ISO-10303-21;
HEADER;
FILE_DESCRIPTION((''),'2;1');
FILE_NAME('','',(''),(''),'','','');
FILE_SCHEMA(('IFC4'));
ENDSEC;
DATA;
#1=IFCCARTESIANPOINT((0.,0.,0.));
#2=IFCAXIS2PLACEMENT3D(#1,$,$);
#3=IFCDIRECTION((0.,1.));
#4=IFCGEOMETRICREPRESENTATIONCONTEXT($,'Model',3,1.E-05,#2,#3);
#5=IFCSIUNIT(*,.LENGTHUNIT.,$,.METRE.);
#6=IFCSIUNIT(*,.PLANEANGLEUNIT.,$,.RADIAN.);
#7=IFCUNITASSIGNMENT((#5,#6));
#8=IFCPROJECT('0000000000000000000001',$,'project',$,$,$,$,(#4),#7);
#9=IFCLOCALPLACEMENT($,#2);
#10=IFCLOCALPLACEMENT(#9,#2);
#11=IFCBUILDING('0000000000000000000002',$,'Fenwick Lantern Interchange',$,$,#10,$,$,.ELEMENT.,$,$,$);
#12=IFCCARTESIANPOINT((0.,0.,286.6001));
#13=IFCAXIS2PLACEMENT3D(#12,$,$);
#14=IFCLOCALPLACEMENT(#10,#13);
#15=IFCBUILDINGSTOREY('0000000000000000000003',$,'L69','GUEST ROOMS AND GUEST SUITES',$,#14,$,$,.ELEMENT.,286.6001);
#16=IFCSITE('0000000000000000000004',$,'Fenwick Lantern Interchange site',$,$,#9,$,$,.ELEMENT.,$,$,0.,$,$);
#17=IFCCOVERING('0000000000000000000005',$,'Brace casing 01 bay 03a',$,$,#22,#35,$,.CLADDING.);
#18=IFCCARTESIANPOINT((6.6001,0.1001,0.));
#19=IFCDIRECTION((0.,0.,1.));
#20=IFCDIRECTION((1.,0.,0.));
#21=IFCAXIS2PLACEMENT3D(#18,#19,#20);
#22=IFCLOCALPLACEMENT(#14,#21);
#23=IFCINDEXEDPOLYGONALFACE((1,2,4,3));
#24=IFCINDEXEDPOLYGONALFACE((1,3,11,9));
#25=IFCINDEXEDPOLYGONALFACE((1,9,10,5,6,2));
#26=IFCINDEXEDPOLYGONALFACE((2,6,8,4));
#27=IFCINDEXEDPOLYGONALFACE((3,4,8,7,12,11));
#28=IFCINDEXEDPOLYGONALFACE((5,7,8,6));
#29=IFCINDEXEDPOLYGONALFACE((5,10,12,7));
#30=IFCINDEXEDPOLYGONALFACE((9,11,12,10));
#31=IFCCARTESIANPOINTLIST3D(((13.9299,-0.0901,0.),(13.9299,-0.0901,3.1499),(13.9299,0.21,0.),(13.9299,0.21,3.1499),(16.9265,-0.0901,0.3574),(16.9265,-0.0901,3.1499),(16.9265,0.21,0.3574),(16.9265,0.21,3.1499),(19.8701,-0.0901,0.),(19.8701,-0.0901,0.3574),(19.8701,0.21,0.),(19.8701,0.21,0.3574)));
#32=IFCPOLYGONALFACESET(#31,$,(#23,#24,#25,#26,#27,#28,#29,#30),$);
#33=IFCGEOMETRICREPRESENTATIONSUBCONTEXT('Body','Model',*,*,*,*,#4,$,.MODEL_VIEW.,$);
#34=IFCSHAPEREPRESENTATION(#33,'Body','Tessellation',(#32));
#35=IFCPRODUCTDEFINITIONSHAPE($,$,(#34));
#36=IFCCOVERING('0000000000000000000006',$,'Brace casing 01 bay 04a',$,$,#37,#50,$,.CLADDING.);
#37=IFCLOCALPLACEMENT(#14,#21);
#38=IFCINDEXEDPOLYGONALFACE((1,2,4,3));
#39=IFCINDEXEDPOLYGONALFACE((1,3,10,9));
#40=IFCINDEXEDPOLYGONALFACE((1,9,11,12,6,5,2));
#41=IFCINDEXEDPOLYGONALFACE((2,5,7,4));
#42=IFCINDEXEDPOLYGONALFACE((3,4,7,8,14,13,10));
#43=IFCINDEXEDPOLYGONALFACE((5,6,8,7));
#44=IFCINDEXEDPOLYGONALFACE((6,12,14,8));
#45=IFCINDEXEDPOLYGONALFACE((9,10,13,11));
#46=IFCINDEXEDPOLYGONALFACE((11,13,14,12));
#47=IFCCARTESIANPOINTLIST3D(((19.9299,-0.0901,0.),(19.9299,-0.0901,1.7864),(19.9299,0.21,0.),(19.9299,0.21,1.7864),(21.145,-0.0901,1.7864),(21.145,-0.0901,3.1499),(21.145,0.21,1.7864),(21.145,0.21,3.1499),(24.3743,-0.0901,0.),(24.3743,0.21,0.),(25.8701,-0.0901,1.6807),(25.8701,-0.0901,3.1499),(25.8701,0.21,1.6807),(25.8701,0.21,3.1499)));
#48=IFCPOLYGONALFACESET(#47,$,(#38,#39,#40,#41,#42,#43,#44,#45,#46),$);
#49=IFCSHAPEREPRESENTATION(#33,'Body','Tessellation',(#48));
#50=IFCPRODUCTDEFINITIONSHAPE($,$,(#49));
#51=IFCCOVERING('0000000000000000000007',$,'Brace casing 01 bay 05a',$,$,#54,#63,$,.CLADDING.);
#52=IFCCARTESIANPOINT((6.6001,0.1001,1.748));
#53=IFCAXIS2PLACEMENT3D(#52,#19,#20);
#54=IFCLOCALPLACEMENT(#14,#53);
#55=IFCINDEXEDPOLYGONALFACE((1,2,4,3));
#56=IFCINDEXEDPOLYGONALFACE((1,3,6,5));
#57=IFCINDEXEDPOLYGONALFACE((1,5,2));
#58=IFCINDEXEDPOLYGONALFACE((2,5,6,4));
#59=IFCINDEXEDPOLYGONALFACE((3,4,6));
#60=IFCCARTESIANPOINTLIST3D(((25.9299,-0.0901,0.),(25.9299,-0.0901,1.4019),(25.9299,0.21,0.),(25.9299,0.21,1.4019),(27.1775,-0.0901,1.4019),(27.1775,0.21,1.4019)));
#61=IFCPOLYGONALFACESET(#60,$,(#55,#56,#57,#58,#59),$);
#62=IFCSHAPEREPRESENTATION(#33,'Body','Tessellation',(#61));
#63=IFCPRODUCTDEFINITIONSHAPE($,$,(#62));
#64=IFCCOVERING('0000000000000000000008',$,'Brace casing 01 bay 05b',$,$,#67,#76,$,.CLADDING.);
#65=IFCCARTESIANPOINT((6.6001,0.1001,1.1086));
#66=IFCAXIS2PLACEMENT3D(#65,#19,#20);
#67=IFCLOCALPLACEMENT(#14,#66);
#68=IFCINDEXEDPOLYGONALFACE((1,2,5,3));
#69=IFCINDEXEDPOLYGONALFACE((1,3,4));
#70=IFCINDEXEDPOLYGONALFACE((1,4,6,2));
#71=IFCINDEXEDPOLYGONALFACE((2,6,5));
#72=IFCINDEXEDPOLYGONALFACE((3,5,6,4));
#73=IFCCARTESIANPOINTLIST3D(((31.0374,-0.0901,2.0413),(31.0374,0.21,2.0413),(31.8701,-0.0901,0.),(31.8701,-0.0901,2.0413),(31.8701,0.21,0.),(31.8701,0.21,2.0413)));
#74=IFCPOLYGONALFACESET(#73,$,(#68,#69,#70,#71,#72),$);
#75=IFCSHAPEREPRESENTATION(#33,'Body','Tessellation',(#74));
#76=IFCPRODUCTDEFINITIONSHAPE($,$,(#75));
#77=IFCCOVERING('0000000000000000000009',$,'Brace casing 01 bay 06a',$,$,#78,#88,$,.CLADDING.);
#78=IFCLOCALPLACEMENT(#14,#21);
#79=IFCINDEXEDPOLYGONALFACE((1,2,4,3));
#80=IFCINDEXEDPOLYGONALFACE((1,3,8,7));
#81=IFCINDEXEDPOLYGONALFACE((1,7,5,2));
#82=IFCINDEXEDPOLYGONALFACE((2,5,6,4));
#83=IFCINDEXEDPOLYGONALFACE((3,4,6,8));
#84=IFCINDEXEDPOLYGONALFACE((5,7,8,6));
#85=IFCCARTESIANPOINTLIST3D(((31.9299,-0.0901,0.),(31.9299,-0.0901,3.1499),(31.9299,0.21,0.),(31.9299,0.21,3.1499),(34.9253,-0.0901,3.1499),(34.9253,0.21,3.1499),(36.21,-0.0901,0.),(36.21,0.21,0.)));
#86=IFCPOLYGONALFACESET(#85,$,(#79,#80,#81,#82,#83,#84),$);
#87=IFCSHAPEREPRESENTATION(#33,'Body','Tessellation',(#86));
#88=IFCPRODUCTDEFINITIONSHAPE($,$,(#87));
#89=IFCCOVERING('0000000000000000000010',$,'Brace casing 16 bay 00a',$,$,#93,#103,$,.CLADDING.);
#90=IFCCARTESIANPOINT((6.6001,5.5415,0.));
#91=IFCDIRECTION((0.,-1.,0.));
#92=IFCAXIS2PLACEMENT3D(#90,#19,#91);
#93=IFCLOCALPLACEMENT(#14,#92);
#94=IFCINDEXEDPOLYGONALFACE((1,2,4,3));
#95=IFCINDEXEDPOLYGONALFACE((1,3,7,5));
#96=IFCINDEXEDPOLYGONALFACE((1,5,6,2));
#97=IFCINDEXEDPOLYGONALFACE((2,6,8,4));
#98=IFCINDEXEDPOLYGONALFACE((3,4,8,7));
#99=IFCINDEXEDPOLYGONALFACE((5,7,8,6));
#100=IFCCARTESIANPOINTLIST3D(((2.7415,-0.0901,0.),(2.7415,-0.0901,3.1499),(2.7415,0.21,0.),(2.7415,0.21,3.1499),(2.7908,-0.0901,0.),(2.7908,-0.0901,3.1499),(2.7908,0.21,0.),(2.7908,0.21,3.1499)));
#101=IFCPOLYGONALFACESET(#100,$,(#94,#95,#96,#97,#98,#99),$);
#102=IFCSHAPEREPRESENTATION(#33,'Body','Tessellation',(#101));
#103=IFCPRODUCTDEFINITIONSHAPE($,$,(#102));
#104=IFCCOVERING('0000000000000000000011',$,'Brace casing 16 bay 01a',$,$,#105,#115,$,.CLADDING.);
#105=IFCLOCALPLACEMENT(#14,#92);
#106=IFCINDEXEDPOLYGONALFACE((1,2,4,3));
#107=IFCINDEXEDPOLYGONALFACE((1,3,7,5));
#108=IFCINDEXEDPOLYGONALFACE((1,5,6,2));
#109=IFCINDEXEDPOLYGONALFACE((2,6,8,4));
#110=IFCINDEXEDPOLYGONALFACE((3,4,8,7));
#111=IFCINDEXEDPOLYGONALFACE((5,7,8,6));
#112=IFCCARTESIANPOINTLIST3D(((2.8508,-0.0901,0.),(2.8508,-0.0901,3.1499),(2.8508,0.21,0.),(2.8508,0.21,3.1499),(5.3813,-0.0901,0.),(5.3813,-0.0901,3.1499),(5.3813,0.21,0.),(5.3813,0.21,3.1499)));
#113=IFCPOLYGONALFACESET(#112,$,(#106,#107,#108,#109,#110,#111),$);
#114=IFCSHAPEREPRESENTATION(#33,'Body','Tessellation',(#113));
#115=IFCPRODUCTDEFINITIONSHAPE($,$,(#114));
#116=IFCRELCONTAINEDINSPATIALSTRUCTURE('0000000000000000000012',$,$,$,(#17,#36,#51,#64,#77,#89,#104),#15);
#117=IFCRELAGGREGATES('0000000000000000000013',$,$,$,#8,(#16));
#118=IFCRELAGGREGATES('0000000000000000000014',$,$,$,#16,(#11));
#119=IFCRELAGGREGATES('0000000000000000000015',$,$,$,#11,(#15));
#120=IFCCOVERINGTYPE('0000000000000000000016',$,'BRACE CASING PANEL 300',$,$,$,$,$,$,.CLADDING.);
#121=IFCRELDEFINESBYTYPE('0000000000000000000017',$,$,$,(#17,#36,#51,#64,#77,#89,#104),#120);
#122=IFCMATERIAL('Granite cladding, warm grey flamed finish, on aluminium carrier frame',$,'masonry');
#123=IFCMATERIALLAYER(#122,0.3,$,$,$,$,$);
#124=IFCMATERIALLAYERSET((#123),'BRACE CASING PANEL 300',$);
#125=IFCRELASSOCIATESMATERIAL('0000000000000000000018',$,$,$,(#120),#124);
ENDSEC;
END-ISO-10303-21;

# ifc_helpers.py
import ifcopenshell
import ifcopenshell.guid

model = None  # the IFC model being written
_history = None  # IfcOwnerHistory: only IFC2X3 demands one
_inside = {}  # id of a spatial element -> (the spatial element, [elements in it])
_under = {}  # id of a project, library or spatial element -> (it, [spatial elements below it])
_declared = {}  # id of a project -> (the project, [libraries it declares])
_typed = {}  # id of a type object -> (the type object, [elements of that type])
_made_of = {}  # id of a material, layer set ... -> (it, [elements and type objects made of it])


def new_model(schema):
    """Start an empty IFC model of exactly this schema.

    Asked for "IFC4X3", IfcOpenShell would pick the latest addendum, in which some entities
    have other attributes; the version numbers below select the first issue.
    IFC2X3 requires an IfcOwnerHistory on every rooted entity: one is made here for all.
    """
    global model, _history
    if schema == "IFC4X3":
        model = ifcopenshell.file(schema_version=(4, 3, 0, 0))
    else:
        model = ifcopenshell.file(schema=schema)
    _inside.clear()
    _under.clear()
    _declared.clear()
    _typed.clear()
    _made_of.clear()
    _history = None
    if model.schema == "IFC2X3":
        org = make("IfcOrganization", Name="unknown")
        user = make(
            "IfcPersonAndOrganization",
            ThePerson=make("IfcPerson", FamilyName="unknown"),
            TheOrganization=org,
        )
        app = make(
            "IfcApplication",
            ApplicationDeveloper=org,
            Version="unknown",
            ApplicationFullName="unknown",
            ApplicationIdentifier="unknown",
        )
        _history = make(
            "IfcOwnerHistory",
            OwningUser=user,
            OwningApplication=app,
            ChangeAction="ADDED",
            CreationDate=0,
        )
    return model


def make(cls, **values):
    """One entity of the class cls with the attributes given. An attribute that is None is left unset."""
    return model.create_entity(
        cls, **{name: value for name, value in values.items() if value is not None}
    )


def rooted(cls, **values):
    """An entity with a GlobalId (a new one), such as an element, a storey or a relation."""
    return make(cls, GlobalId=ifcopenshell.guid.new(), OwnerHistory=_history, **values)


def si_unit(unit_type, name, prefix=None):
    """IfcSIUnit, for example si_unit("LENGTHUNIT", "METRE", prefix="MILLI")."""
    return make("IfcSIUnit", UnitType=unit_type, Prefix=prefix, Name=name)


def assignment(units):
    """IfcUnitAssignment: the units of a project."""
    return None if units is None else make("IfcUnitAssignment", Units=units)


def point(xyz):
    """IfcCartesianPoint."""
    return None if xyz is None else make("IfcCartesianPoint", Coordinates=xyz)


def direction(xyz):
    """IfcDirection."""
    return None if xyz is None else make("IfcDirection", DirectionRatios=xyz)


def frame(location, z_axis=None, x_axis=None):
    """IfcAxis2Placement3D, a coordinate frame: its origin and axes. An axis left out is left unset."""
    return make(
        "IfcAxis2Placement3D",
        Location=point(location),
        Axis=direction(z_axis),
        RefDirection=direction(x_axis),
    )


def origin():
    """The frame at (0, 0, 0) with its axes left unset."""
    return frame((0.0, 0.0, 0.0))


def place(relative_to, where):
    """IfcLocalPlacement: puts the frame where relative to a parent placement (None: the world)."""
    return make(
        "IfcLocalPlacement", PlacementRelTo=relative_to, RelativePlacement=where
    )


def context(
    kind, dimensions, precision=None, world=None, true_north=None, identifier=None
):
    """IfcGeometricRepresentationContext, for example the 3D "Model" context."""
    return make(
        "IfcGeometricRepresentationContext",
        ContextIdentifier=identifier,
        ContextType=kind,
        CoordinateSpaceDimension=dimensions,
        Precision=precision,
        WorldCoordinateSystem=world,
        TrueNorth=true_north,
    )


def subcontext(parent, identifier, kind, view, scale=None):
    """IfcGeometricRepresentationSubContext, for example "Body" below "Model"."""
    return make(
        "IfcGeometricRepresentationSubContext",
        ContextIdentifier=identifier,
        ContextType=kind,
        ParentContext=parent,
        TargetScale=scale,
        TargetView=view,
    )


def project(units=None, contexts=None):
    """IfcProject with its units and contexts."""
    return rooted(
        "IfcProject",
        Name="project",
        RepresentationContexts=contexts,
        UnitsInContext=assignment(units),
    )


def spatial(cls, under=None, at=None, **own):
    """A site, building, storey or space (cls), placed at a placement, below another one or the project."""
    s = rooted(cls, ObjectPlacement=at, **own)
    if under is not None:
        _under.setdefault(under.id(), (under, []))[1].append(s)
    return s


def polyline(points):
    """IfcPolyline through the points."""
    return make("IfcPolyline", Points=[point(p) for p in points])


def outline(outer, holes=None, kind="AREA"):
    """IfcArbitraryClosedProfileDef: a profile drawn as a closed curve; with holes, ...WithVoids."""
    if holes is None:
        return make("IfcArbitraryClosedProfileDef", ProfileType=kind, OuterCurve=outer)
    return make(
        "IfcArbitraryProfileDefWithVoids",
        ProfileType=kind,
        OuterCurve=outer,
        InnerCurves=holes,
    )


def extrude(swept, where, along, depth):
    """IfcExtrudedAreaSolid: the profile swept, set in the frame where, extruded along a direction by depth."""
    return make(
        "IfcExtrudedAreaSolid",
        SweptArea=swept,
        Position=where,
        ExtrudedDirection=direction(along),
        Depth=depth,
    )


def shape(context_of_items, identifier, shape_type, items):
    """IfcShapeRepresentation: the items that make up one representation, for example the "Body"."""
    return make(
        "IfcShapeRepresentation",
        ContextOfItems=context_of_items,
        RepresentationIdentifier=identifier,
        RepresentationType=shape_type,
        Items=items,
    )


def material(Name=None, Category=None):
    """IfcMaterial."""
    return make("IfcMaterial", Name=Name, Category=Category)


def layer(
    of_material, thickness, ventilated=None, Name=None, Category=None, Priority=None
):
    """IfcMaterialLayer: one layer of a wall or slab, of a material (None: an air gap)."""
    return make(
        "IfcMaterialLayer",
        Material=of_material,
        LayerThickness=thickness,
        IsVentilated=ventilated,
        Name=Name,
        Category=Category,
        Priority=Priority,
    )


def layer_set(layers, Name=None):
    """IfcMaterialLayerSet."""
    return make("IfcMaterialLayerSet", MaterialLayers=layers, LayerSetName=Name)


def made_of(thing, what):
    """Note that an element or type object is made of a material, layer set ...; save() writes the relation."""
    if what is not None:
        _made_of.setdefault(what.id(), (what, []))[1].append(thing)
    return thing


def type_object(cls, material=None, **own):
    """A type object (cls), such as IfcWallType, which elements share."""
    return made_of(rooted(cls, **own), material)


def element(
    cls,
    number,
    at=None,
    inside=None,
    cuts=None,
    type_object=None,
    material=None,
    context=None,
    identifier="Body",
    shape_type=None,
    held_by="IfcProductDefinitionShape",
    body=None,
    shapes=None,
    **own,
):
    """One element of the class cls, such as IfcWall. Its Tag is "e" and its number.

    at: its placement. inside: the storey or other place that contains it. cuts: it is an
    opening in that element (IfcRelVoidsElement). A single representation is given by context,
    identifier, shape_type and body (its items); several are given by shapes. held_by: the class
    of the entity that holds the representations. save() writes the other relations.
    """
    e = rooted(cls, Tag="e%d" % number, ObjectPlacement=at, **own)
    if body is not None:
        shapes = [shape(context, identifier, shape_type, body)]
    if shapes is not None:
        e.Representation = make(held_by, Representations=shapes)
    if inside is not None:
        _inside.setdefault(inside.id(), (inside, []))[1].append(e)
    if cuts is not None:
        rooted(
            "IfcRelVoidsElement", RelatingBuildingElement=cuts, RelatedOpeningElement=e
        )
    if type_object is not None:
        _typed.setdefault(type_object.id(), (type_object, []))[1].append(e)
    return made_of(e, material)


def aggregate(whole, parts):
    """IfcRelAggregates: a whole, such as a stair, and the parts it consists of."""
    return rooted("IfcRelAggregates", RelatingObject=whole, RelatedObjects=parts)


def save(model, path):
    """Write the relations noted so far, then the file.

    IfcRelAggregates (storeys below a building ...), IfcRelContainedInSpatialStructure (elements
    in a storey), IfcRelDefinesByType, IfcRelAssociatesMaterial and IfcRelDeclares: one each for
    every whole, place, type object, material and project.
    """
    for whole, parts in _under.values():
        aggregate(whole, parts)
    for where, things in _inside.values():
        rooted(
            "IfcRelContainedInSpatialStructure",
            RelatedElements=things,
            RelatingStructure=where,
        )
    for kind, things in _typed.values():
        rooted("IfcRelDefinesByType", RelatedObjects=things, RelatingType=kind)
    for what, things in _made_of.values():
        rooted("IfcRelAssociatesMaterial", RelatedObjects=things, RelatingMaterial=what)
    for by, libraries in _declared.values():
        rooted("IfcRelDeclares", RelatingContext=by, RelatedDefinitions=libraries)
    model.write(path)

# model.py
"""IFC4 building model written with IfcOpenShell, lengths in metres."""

from ifc_helpers import new_model, si_unit, direction, frame, origin, place, context, subcontext, project, spatial, polyline, outline, extrude, material, layer, layer_set, type_object, element, save


model = new_model("IFC4")

# Units and contexts
model_context = context("Model", 3, precision=1e-05, world=origin(), true_north=direction((0.0, 1.0)))
body_context = subcontext(model_context, "Body", "Model", "MODEL_VIEW")
ifc_project = project(units=[si_unit("LENGTHUNIT", "METRE"), si_unit("PLANEANGLEUNIT", "RADIAN")], contexts=[model_context])

# Site, building, storey
site_placement = place(None, origin())
site = spatial("IfcSite", under=ifc_project, at=site_placement, Name="Fenwick Lantern Interchange site", CompositionType="ELEMENT", RefElevation=0.0)
building_placement = place(site_placement, origin())
building = spatial("IfcBuilding", under=site, at=building_placement, Name="Fenwick Lantern Interchange", CompositionType="ELEMENT")
storey_placement = place(building_placement, frame((0.0, 0.0, 286.6001)))
storey = spatial("IfcBuildingStorey", under=building, at=storey_placement, Name="L69", Description="GUEST ROOMS AND GUEST SUITES", CompositionType="ELEMENT", Elevation=286.6001)

# Coverings
ifc_material_1 = material(Name="Granite cladding, warm grey flamed finish, on aluminium carrier frame", Category="masonry")
ifc_layer_1 = layer(ifc_material_1, 0.3)
ifc_layer_set_1 = layer_set([ifc_layer_1], Name="BRACE CASING PANEL 300")
covering_type_1 = type_object("IfcCoveringType", Name="BRACE CASING PANEL 300", PredefinedType="CLADDING", material=ifc_layer_set_1)
covering_1_placement = place(storey_placement, frame((6.6001, 0.1001, 0.0), z_axis=(0.0, 0.0, 1.0), x_axis=(1.0, 0.0, 0.0)))
element("IfcCovering", 1, at=covering_1_placement, inside=storey, type_object=covering_type_1, Name="Brace casing 01 bay 03a", PredefinedType="CLADDING", context=body_context, shape_type="SweptSolid", body=[
    extrude(outline(polyline([(13.9299, 0.0), (19.8701, 0.0), (19.8701, 0.3574), (16.9265, 0.3574), (16.9265, 3.1499), (13.9299, 3.1499), (13.9299, 0.0)])), frame((0.0, 0.21, 0.0), z_axis=(0.0, -1.0, 0.0), x_axis=(1.0, 0.0, 0.0)), (0.0, 0.0, 1.0), 0.3),
])
covering_2_placement = place(storey_placement, frame((6.6001, 0.1001, 0.0), z_axis=(0.0, 0.0, 1.0), x_axis=(1.0, 0.0, 0.0)))
element("IfcCovering", 2, at=covering_2_placement, inside=storey, type_object=covering_type_1, Name="Brace casing 01 bay 04a", PredefinedType="CLADDING", context=body_context, shape_type="SweptSolid", body=[
    extrude(outline(polyline([(19.9299, 0.0), (24.3743, 0.0), (25.8701, 1.6807), (25.8701, 3.1499), (21.145, 3.1499), (21.145, 1.7864), (19.9299, 1.7864), (19.9299, 0.0)])), frame((0.0, 0.21, 0.0), z_axis=(0.0, -1.0, 0.0), x_axis=(1.0, 0.0, 0.0)), (0.0, 0.0, 1.0), 0.3),
])
covering_3_placement = place(storey_placement, frame((6.6001, 0.1001, 1.748), z_axis=(0.0, 0.0, 1.0), x_axis=(1.0, 0.0, 0.0)))
element("IfcCovering", 3, at=covering_3_placement, inside=storey, type_object=covering_type_1, Name="Brace casing 01 bay 05a", PredefinedType="CLADDING", context=body_context, shape_type="SweptSolid", body=[
    extrude(outline(polyline([(25.9299, 0.0), (27.1775, 1.4019), (25.9299, 1.4019), (25.9299, 0.0)])), frame((0.0, 0.21, 0.0), z_axis=(0.0, -1.0, 0.0), x_axis=(1.0, 0.0, 0.0)), (0.0, 0.0, 1.0), 0.3),
])
covering_4_placement = place(storey_placement, frame((6.6001, 0.1001, 1.1086), z_axis=(0.0, 0.0, 1.0), x_axis=(1.0, 0.0, 0.0)))
element("IfcCovering", 4, at=covering_4_placement, inside=storey, type_object=covering_type_1, Name="Brace casing 01 bay 05b", PredefinedType="CLADDING", context=body_context, shape_type="SweptSolid", body=[
    extrude(outline(polyline([(31.8701, 0.0), (31.8701, 2.0413), (31.0374, 2.0413), (31.8701, 0.0)])), frame((0.0, 0.21, 0.0), z_axis=(0.0, -1.0, 0.0), x_axis=(1.0, 0.0, 0.0)), (0.0, 0.0, 1.0), 0.3),
])
covering_5_placement = place(storey_placement, frame((6.6001, 0.1001, 0.0), z_axis=(0.0, 0.0, 1.0), x_axis=(1.0, 0.0, 0.0)))
element("IfcCovering", 5, at=covering_5_placement, inside=storey, type_object=covering_type_1, Name="Brace casing 01 bay 06a", PredefinedType="CLADDING", context=body_context, shape_type="SweptSolid", body=[
    extrude(outline(polyline([(31.9299, 0.0), (36.21, 0.0), (34.9253, 3.1499), (31.9299, 3.1499), (31.9299, 0.0)])), frame((0.0, 0.21, 0.0), z_axis=(0.0, -1.0, 0.0), x_axis=(1.0, 0.0, 0.0)), (0.0, 0.0, 1.0), 0.3),
])
covering_6_placement = place(storey_placement, frame((6.6001, 5.5415, 0.0), z_axis=(0.0, 0.0, 1.0), x_axis=(0.0, -1.0, 0.0)))
element("IfcCovering", 6, at=covering_6_placement, inside=storey, type_object=covering_type_1, Name="Brace casing 16 bay 00a", PredefinedType="CLADDING", context=body_context, shape_type="SweptSolid", body=[
    extrude(outline(polyline([(2.7415, 0.0), (2.7908, 0.0), (2.7908, 3.1499), (2.7415, 3.1499), (2.7415, 0.0)])), frame((0.0, 0.21, 0.0), z_axis=(0.0, -1.0, 0.0), x_axis=(1.0, 0.0, 0.0)), (0.0, 0.0, 1.0), 0.3),
])
covering_7_placement = place(storey_placement, frame((6.6001, 5.5415, 0.0), z_axis=(0.0, 0.0, 1.0), x_axis=(0.0, -1.0, 0.0)))
element("IfcCovering", 7, at=covering_7_placement, inside=storey, type_object=covering_type_1, Name="Brace casing 16 bay 01a", PredefinedType="CLADDING", context=body_context, shape_type="SweptSolid", body=[
    extrude(outline(polyline([(2.8508, 0.0), (5.3813, 0.0), (5.3813, 3.1499), (2.8508, 3.1499), (2.8508, 0.0)])), frame((0.0, 0.21, 0.0), z_axis=(0.0, -1.0, 0.0), x_axis=(1.0, 0.0, 0.0)), (0.0, 0.0, 1.0), 0.3),
])

save(model, "model.ifc")
